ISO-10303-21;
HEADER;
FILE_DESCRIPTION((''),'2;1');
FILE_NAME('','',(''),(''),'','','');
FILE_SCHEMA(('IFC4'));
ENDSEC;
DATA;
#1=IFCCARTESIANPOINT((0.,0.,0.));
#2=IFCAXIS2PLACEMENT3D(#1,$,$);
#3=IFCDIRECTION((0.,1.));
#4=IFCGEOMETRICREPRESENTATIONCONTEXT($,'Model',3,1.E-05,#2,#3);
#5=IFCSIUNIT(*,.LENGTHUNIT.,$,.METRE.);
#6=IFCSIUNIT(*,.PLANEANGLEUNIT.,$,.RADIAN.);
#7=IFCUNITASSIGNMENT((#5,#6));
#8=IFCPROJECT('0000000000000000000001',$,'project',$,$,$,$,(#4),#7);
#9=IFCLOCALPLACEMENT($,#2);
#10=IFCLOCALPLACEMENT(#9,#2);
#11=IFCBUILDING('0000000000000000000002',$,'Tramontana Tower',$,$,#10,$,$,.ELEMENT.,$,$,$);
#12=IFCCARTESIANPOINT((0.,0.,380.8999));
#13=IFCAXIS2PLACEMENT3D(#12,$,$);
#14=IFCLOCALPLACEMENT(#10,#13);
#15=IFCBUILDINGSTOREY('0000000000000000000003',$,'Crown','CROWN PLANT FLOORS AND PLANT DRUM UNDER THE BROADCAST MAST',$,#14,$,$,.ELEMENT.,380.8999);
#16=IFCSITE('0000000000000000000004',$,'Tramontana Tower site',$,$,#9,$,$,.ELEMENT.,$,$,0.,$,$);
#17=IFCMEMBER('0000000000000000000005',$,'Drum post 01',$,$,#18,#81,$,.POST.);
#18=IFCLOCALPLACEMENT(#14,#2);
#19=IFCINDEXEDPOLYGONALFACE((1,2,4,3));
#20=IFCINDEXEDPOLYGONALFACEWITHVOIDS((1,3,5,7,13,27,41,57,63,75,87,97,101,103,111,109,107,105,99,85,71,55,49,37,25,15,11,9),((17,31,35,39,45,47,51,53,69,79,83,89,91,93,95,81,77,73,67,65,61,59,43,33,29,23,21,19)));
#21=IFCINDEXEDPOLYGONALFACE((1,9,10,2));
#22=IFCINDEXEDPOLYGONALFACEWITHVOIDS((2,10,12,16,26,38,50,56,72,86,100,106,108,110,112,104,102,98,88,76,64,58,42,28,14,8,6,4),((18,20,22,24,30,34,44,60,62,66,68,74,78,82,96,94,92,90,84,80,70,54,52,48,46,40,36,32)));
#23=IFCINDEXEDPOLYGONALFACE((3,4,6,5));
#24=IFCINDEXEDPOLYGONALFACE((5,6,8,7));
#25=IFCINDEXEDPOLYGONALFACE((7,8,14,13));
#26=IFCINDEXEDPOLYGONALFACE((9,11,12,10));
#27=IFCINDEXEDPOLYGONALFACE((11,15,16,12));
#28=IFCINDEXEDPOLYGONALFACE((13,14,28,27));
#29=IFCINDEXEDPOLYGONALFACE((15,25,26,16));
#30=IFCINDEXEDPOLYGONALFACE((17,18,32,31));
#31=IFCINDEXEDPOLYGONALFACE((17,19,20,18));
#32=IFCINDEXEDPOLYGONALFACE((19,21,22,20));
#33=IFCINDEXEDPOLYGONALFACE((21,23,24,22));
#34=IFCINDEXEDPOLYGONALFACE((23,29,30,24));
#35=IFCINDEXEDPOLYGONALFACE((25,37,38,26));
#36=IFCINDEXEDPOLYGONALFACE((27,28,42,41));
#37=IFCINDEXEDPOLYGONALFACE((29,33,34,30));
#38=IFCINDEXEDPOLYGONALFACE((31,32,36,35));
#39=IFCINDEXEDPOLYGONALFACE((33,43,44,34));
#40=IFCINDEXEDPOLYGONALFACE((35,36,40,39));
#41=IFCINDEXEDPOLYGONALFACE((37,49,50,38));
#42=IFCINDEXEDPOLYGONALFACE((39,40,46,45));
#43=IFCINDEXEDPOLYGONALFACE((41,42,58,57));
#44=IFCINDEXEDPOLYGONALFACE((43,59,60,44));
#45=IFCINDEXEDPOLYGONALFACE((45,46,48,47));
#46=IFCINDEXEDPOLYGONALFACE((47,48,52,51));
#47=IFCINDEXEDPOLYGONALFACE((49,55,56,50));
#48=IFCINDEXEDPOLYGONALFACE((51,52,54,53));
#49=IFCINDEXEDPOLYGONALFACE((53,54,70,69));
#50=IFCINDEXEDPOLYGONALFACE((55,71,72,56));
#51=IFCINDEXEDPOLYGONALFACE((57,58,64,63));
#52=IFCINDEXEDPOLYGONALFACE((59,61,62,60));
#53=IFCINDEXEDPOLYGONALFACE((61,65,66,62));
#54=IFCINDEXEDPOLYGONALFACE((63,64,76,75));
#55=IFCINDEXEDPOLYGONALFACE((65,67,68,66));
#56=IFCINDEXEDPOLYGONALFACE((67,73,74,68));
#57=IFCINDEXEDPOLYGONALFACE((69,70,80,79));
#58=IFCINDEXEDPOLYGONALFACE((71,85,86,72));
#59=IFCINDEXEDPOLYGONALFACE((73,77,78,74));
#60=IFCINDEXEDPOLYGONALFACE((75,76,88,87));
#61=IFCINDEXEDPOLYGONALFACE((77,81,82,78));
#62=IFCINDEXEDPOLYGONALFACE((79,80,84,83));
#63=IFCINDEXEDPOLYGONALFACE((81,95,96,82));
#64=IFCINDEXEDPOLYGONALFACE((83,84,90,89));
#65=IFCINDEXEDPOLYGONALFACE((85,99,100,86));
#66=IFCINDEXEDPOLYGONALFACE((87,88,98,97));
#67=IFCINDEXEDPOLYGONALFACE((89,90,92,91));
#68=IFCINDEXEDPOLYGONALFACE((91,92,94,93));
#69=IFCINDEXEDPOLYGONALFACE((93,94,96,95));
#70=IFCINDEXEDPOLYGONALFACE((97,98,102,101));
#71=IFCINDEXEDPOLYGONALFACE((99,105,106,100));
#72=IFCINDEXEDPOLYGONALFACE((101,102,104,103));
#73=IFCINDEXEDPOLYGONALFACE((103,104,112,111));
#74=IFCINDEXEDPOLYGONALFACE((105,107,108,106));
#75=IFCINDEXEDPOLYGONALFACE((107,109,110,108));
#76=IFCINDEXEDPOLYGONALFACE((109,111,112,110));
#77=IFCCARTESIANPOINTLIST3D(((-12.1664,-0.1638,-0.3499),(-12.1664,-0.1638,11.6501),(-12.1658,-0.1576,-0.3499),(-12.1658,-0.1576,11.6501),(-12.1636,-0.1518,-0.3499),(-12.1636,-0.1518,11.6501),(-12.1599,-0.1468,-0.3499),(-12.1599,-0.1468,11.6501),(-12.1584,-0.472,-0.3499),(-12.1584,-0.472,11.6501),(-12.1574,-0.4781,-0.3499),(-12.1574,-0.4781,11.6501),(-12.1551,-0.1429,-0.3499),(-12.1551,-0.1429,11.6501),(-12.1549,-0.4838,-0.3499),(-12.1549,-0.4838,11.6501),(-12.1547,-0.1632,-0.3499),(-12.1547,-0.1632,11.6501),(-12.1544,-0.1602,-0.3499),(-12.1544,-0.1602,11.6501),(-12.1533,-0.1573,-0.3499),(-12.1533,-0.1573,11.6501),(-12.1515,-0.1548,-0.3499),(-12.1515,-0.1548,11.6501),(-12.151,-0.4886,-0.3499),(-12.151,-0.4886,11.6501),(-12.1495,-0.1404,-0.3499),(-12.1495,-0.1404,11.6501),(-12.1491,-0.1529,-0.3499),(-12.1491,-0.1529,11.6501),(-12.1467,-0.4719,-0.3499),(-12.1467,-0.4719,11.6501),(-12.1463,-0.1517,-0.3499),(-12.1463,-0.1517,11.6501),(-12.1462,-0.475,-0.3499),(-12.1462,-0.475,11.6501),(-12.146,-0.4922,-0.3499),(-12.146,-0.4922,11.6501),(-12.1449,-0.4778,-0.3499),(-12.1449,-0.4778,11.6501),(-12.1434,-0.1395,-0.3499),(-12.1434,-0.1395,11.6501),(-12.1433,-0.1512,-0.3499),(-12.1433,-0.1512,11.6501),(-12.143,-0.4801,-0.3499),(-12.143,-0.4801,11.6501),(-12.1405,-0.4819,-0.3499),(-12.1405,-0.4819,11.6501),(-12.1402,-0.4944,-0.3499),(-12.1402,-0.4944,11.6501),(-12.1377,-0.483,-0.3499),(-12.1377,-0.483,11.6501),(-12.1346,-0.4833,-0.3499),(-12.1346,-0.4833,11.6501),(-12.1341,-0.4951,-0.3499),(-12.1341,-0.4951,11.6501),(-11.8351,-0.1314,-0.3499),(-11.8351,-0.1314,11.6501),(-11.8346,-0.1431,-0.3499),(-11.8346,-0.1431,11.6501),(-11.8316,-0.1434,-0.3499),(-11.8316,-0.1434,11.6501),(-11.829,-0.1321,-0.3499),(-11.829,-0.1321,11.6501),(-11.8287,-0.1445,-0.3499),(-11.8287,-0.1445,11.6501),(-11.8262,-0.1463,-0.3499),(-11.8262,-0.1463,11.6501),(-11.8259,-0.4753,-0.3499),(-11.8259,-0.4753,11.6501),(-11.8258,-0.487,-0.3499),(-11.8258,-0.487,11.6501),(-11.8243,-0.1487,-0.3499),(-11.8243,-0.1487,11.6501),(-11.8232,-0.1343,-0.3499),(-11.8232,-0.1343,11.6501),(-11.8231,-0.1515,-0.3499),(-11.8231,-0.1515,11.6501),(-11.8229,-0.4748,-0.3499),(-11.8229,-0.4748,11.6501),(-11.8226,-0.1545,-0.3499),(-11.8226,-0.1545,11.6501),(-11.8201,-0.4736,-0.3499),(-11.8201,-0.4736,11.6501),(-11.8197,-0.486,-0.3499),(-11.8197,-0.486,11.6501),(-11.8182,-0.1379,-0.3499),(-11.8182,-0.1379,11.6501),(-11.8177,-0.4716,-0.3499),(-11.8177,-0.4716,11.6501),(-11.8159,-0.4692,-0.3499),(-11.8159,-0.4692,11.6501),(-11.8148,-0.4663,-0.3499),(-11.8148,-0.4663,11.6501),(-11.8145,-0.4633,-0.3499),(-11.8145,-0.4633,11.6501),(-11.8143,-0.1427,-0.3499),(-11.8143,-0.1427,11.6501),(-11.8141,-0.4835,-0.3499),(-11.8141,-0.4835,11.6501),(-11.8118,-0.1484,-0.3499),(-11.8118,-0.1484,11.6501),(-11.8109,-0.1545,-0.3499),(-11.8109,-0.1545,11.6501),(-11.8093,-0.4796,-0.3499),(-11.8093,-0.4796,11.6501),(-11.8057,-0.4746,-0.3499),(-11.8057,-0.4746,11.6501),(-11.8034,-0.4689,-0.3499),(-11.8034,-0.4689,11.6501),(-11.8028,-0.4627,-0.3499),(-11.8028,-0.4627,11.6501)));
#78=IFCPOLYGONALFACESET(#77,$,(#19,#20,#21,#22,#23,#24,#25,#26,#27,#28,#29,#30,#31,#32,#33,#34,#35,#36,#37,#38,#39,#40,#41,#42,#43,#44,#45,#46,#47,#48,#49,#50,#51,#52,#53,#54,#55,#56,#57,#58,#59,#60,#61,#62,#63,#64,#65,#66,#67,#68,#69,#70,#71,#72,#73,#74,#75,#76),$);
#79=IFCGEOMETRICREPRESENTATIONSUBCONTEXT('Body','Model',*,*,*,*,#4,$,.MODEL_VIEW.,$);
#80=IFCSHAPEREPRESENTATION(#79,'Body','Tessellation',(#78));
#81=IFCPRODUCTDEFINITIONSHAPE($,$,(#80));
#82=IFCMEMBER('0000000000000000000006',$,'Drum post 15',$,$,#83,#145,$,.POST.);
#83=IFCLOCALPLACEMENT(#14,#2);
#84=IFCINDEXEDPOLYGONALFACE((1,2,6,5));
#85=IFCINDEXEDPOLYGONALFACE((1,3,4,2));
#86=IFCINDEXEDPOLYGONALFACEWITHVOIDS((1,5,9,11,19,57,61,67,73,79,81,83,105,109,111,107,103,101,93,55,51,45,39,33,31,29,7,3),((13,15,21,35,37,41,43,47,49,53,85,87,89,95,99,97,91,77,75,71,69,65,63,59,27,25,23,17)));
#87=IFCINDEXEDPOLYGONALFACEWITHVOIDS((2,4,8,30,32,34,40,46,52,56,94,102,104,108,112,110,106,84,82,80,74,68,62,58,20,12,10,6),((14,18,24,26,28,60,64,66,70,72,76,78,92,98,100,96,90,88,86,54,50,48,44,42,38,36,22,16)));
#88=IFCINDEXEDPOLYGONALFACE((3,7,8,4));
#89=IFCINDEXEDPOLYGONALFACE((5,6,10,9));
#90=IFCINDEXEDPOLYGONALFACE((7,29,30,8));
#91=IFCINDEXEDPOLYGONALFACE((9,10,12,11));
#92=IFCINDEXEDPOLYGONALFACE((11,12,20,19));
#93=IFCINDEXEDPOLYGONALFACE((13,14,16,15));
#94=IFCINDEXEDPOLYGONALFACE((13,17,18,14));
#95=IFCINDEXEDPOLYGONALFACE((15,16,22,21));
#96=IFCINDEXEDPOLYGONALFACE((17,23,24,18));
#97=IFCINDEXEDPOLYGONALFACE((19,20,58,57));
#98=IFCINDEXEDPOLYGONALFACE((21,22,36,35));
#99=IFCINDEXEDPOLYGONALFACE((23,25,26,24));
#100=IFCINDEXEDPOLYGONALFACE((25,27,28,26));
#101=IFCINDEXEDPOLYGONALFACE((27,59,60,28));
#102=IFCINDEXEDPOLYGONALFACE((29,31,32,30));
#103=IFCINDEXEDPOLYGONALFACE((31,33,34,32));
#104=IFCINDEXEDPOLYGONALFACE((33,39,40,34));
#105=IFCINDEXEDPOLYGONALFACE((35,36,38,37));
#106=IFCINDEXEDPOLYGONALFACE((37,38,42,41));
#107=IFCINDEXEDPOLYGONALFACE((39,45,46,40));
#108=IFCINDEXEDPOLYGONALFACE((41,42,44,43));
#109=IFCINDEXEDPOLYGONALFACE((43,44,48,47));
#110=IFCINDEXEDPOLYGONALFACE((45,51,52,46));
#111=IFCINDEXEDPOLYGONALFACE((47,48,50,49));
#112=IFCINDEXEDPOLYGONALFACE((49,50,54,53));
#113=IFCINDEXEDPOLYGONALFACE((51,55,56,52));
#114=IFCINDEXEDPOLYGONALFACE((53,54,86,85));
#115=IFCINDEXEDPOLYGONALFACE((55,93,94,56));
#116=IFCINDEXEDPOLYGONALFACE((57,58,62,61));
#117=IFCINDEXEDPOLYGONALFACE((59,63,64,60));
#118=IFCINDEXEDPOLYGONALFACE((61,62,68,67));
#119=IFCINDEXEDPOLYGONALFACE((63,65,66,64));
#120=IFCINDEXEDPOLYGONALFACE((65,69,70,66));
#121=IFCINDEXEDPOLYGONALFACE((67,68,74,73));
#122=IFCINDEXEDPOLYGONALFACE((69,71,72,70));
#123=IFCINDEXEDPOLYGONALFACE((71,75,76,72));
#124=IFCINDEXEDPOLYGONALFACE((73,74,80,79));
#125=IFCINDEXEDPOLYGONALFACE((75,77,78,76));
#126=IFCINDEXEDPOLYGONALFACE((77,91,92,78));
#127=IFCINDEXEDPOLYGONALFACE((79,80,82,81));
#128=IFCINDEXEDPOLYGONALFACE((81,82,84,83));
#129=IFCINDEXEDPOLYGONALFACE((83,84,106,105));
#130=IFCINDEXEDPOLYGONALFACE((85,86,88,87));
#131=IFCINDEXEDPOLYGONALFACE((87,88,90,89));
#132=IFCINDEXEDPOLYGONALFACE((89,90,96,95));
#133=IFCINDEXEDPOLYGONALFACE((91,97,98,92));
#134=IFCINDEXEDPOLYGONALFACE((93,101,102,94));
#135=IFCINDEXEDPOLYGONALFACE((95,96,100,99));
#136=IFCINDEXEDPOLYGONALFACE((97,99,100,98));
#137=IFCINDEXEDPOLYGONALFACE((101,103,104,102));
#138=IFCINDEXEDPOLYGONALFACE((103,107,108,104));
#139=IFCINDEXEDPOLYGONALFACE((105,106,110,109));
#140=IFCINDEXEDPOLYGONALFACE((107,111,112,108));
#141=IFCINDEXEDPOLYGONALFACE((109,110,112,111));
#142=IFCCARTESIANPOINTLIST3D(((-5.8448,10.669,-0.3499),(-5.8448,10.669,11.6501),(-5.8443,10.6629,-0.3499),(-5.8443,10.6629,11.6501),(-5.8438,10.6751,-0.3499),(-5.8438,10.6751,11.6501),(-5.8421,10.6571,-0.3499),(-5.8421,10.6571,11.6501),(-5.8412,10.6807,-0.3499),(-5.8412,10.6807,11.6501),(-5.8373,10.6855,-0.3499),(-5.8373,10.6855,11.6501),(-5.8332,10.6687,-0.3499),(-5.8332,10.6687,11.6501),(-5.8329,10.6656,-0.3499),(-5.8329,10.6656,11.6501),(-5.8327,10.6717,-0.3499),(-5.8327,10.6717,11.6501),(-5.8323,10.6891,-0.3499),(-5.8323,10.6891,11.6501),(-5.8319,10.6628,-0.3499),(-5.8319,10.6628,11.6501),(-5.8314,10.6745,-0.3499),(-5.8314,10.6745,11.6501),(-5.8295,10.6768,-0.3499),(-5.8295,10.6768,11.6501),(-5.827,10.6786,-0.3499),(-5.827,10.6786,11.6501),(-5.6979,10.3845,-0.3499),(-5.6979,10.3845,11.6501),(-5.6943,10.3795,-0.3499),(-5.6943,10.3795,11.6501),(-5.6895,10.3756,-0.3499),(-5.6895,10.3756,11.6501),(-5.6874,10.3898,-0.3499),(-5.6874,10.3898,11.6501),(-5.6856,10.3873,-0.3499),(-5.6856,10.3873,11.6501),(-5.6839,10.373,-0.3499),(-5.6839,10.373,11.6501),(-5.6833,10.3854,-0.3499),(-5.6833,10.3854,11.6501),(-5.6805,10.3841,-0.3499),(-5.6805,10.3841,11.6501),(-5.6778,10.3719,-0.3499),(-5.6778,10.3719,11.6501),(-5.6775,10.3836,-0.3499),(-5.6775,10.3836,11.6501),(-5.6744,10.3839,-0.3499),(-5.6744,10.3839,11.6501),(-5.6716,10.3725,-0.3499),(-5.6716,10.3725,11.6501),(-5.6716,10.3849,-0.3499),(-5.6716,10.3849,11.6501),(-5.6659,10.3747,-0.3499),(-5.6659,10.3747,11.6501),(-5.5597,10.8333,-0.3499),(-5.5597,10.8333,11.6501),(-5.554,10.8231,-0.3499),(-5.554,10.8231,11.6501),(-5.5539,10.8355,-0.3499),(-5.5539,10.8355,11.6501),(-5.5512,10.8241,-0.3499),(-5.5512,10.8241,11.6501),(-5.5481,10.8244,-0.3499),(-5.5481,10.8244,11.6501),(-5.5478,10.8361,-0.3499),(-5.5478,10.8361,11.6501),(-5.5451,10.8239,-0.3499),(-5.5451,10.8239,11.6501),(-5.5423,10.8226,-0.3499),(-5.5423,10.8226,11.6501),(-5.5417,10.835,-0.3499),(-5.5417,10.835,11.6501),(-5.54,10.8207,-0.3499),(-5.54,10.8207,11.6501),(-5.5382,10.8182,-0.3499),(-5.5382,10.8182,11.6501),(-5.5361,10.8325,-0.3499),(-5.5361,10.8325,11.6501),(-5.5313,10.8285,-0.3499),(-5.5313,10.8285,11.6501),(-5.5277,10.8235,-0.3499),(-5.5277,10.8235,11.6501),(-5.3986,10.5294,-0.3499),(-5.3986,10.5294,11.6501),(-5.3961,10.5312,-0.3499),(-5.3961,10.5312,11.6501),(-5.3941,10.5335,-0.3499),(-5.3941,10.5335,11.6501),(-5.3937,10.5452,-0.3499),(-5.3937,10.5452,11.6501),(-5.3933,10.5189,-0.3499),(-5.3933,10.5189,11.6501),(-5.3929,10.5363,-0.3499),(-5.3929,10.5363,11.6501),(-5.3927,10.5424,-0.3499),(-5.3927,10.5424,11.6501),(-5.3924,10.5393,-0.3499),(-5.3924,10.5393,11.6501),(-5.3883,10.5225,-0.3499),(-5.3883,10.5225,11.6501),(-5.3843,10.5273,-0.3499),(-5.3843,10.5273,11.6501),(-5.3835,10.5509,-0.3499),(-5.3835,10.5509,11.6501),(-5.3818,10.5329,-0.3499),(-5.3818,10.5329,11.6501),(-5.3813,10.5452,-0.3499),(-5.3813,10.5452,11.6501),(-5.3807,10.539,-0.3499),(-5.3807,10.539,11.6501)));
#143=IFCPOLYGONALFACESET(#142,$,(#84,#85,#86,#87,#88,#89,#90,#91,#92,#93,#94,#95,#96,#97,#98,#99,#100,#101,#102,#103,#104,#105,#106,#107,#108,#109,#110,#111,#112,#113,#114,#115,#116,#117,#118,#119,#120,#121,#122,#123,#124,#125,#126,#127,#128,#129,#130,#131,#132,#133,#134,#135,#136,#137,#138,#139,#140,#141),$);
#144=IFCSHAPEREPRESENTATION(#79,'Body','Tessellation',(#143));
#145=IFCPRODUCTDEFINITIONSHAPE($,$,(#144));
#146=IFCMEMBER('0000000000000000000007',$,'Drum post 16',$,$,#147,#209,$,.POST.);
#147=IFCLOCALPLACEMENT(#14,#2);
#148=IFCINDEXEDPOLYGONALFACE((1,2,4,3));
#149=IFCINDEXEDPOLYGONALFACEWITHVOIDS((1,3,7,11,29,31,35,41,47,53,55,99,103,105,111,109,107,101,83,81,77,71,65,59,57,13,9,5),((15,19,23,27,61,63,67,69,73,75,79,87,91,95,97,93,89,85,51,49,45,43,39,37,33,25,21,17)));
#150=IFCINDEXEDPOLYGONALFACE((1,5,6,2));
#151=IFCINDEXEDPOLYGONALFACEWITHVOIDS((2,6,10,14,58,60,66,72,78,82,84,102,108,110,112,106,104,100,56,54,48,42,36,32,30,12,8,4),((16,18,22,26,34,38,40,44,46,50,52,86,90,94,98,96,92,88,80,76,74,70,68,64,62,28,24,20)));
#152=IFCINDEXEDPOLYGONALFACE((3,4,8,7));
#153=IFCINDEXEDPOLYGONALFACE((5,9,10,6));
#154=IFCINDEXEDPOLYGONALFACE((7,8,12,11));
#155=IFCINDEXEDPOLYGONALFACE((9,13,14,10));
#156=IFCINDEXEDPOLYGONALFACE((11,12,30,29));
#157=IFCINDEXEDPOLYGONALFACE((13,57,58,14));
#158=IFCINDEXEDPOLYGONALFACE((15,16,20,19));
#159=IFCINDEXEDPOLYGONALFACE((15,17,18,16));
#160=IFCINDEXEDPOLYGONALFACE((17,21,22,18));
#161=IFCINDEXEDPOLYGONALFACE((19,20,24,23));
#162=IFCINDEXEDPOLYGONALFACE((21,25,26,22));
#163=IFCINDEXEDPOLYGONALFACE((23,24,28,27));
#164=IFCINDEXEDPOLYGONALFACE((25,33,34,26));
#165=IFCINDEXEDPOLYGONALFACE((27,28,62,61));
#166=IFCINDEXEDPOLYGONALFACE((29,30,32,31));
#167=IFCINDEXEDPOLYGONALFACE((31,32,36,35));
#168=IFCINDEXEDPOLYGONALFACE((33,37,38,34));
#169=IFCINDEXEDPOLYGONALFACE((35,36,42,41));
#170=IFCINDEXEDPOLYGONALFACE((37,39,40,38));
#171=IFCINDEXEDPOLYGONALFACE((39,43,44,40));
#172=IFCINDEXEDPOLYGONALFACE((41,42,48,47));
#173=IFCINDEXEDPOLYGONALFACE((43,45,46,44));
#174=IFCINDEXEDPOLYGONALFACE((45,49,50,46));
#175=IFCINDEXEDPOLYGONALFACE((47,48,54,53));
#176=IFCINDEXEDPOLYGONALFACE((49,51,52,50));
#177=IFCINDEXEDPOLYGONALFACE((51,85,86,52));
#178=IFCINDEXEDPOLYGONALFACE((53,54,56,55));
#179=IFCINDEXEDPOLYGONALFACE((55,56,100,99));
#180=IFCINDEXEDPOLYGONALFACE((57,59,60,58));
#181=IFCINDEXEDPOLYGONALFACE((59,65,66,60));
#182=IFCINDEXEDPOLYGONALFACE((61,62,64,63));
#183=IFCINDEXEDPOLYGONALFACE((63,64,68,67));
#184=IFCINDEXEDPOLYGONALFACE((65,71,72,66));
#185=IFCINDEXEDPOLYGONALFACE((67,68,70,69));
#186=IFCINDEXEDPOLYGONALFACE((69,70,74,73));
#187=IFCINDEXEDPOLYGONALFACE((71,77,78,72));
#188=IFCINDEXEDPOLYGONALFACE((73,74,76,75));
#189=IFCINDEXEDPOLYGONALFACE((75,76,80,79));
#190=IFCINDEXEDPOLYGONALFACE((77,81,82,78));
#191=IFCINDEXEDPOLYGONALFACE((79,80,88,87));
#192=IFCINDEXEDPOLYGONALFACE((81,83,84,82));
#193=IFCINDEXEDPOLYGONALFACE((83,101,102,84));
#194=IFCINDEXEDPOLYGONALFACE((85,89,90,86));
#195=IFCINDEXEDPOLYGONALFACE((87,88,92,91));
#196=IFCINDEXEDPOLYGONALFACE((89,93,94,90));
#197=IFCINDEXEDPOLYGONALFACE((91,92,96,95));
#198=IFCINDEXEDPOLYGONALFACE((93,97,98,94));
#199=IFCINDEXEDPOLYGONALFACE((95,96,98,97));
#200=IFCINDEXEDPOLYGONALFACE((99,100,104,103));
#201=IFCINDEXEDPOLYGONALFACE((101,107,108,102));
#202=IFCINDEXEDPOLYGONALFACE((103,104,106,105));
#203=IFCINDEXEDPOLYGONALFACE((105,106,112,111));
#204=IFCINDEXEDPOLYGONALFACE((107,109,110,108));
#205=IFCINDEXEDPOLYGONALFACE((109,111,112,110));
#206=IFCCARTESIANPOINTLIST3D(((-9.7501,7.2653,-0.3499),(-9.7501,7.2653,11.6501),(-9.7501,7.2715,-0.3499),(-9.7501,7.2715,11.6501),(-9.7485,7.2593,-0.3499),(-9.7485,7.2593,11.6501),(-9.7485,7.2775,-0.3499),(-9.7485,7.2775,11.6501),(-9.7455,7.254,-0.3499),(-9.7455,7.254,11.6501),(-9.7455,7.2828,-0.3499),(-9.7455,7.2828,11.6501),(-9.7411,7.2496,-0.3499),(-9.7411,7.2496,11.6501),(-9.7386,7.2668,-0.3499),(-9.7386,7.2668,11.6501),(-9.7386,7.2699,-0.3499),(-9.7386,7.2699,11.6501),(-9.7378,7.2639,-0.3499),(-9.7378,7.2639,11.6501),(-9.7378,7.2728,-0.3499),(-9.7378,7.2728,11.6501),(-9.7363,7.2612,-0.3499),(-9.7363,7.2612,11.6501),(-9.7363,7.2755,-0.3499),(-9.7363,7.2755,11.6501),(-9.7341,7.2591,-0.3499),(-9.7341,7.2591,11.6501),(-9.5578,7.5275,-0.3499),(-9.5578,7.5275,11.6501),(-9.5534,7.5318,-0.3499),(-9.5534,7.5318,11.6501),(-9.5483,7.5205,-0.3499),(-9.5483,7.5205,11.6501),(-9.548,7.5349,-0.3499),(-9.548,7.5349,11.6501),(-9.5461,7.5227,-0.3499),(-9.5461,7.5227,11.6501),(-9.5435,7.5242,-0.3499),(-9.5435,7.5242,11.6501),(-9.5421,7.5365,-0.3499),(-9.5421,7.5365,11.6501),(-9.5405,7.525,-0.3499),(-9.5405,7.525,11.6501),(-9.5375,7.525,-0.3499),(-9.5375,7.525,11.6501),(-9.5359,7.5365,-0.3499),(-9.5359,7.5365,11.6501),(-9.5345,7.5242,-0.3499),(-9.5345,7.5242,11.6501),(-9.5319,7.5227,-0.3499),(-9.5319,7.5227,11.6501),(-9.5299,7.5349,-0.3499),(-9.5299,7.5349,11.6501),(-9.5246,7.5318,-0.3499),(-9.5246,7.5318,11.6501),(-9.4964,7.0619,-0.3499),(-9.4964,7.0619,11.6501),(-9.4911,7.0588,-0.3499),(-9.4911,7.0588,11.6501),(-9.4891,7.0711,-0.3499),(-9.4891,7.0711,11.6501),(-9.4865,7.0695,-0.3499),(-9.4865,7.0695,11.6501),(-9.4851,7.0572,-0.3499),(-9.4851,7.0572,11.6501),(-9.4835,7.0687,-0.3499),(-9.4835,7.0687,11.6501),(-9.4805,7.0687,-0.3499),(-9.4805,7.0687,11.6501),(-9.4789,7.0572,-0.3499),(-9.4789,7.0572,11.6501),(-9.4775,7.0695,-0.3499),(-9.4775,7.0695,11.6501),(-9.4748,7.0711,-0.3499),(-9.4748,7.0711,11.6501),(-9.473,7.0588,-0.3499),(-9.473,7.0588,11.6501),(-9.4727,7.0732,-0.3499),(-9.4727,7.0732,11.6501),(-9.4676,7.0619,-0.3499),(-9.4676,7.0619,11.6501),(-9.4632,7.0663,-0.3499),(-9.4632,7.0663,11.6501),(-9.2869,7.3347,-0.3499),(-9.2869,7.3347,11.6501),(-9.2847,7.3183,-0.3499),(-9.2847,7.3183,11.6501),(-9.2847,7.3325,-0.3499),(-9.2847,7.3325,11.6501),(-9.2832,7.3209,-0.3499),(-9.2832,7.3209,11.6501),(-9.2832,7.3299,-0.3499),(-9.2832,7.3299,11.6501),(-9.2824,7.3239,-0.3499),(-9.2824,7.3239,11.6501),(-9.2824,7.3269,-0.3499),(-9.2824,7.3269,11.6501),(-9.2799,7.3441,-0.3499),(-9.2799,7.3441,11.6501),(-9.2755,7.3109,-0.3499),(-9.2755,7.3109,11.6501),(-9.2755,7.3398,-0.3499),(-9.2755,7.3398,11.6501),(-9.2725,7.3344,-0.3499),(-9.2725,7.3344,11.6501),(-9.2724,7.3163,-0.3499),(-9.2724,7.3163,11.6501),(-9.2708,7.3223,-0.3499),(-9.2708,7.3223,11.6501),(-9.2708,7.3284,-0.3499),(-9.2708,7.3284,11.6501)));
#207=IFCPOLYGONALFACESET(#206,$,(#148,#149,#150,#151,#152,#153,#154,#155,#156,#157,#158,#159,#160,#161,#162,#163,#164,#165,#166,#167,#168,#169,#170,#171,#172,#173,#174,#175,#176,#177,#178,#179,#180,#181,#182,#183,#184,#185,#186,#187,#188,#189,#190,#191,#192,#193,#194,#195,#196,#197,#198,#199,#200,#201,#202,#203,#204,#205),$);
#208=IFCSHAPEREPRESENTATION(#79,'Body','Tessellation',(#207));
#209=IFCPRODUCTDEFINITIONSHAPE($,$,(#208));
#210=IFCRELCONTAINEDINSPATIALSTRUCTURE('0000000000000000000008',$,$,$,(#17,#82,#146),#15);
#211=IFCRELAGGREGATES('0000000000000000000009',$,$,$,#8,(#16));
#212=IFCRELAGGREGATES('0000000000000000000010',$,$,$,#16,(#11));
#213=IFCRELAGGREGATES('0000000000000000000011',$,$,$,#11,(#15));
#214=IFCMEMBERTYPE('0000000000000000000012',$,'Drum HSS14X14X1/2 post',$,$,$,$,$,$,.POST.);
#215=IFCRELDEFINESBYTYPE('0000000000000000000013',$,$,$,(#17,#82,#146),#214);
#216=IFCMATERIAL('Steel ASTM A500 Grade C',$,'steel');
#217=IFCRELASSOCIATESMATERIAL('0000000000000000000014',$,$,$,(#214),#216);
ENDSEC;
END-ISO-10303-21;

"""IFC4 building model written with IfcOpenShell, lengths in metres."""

from ifc_helpers import new_model, si_unit, direction, frame, origin, origin_2d, place, context, subcontext, project, spatial, hollow_rectangle, extrude, material, material_profile, profile_set, type_object, element, save


model = new_model("IFC4")

# Units and contexts
model_context = context("Model", 3, precision=1e-05, world=origin(), true_north=direction((0.0, 1.0)))
body_context = subcontext(model_context, "Body", "Model", "MODEL_VIEW")
ifc_project = project(units=[si_unit("LENGTHUNIT", "METRE"), si_unit("PLANEANGLEUNIT", "RADIAN")], contexts=[model_context])

# Site, building, storey
site_placement = place(None, origin())
site = spatial("IfcSite", under=ifc_project, at=site_placement, Name="Tramontana Tower site", CompositionType="ELEMENT", RefElevation=0.0)
building_placement = place(site_placement, origin())
building = spatial("IfcBuilding", under=site, at=building_placement, Name="Tramontana Tower", CompositionType="ELEMENT")
storey_placement = place(building_placement, frame((0.0, 0.0, 380.8999)))
storey = spatial("IfcBuildingStorey", under=building, at=storey_placement, Name="Crown", Description="CROWN PLANT FLOORS AND PLANT DRUM UNDER THE BROADCAST MAST", CompositionType="ELEMENT", Elevation=380.8999)

# Members
ifc_material_1 = material(Name="Steel ASTM A500 Grade C", Category="steel")
ifc_material_profile_1 = material_profile(ifc_material_1, hollow_rectangle(XDim=0.3557, YDim=0.3557, WallThickness=0.0117, InnerFilletRadius=0.0117, OuterFilletRadius=0.0237, at=origin_2d()), Name="HSS14X14X1/2")
ifc_profile_set_1 = profile_set([ifc_material_profile_1], Name="Steel ASTM A500 Grade C")
member_type = type_object("IfcMemberType", Name="Drum HSS14X14X1/2 post", PredefinedType="POST", material=ifc_profile_set_1)
for number, where, z_axis, x_axis, name in (
    (1, (-11.9846, -0.3132, -0.3499), (0.0, 0.0, 1.0), (-0.999659, -0.02613, 0.0), "Drum post 01"),
    (2, (-5.6128, 10.604, -0.3499), (0.0, 0.0, 1.0), (-0.467818, 0.883825, 0.0), "Drum post 15"),
    (3, (-9.5105, 7.2969, -0.3499), (0.0, 0.0, 1.0), (-0.793382, 0.608724, 0.0), "Drum post 16"),
):
    element("IfcMember", number, at=place(storey_placement, frame(where, z_axis=z_axis, x_axis=x_axis)), inside=storey, type_object=member_type, Name=name, PredefinedType="POST", context=body_context, shape_type="SweptSolid", body=[
        extrude(hollow_rectangle(XDim=0.3557, YDim=0.3557, WallThickness=0.0117, InnerFilletRadius=0.0117, OuterFilletRadius=0.0237, at=origin_2d()), origin(), (0.0, 0.0, 1.0), 12.0),
    ])

save(model, "model.ifc")
